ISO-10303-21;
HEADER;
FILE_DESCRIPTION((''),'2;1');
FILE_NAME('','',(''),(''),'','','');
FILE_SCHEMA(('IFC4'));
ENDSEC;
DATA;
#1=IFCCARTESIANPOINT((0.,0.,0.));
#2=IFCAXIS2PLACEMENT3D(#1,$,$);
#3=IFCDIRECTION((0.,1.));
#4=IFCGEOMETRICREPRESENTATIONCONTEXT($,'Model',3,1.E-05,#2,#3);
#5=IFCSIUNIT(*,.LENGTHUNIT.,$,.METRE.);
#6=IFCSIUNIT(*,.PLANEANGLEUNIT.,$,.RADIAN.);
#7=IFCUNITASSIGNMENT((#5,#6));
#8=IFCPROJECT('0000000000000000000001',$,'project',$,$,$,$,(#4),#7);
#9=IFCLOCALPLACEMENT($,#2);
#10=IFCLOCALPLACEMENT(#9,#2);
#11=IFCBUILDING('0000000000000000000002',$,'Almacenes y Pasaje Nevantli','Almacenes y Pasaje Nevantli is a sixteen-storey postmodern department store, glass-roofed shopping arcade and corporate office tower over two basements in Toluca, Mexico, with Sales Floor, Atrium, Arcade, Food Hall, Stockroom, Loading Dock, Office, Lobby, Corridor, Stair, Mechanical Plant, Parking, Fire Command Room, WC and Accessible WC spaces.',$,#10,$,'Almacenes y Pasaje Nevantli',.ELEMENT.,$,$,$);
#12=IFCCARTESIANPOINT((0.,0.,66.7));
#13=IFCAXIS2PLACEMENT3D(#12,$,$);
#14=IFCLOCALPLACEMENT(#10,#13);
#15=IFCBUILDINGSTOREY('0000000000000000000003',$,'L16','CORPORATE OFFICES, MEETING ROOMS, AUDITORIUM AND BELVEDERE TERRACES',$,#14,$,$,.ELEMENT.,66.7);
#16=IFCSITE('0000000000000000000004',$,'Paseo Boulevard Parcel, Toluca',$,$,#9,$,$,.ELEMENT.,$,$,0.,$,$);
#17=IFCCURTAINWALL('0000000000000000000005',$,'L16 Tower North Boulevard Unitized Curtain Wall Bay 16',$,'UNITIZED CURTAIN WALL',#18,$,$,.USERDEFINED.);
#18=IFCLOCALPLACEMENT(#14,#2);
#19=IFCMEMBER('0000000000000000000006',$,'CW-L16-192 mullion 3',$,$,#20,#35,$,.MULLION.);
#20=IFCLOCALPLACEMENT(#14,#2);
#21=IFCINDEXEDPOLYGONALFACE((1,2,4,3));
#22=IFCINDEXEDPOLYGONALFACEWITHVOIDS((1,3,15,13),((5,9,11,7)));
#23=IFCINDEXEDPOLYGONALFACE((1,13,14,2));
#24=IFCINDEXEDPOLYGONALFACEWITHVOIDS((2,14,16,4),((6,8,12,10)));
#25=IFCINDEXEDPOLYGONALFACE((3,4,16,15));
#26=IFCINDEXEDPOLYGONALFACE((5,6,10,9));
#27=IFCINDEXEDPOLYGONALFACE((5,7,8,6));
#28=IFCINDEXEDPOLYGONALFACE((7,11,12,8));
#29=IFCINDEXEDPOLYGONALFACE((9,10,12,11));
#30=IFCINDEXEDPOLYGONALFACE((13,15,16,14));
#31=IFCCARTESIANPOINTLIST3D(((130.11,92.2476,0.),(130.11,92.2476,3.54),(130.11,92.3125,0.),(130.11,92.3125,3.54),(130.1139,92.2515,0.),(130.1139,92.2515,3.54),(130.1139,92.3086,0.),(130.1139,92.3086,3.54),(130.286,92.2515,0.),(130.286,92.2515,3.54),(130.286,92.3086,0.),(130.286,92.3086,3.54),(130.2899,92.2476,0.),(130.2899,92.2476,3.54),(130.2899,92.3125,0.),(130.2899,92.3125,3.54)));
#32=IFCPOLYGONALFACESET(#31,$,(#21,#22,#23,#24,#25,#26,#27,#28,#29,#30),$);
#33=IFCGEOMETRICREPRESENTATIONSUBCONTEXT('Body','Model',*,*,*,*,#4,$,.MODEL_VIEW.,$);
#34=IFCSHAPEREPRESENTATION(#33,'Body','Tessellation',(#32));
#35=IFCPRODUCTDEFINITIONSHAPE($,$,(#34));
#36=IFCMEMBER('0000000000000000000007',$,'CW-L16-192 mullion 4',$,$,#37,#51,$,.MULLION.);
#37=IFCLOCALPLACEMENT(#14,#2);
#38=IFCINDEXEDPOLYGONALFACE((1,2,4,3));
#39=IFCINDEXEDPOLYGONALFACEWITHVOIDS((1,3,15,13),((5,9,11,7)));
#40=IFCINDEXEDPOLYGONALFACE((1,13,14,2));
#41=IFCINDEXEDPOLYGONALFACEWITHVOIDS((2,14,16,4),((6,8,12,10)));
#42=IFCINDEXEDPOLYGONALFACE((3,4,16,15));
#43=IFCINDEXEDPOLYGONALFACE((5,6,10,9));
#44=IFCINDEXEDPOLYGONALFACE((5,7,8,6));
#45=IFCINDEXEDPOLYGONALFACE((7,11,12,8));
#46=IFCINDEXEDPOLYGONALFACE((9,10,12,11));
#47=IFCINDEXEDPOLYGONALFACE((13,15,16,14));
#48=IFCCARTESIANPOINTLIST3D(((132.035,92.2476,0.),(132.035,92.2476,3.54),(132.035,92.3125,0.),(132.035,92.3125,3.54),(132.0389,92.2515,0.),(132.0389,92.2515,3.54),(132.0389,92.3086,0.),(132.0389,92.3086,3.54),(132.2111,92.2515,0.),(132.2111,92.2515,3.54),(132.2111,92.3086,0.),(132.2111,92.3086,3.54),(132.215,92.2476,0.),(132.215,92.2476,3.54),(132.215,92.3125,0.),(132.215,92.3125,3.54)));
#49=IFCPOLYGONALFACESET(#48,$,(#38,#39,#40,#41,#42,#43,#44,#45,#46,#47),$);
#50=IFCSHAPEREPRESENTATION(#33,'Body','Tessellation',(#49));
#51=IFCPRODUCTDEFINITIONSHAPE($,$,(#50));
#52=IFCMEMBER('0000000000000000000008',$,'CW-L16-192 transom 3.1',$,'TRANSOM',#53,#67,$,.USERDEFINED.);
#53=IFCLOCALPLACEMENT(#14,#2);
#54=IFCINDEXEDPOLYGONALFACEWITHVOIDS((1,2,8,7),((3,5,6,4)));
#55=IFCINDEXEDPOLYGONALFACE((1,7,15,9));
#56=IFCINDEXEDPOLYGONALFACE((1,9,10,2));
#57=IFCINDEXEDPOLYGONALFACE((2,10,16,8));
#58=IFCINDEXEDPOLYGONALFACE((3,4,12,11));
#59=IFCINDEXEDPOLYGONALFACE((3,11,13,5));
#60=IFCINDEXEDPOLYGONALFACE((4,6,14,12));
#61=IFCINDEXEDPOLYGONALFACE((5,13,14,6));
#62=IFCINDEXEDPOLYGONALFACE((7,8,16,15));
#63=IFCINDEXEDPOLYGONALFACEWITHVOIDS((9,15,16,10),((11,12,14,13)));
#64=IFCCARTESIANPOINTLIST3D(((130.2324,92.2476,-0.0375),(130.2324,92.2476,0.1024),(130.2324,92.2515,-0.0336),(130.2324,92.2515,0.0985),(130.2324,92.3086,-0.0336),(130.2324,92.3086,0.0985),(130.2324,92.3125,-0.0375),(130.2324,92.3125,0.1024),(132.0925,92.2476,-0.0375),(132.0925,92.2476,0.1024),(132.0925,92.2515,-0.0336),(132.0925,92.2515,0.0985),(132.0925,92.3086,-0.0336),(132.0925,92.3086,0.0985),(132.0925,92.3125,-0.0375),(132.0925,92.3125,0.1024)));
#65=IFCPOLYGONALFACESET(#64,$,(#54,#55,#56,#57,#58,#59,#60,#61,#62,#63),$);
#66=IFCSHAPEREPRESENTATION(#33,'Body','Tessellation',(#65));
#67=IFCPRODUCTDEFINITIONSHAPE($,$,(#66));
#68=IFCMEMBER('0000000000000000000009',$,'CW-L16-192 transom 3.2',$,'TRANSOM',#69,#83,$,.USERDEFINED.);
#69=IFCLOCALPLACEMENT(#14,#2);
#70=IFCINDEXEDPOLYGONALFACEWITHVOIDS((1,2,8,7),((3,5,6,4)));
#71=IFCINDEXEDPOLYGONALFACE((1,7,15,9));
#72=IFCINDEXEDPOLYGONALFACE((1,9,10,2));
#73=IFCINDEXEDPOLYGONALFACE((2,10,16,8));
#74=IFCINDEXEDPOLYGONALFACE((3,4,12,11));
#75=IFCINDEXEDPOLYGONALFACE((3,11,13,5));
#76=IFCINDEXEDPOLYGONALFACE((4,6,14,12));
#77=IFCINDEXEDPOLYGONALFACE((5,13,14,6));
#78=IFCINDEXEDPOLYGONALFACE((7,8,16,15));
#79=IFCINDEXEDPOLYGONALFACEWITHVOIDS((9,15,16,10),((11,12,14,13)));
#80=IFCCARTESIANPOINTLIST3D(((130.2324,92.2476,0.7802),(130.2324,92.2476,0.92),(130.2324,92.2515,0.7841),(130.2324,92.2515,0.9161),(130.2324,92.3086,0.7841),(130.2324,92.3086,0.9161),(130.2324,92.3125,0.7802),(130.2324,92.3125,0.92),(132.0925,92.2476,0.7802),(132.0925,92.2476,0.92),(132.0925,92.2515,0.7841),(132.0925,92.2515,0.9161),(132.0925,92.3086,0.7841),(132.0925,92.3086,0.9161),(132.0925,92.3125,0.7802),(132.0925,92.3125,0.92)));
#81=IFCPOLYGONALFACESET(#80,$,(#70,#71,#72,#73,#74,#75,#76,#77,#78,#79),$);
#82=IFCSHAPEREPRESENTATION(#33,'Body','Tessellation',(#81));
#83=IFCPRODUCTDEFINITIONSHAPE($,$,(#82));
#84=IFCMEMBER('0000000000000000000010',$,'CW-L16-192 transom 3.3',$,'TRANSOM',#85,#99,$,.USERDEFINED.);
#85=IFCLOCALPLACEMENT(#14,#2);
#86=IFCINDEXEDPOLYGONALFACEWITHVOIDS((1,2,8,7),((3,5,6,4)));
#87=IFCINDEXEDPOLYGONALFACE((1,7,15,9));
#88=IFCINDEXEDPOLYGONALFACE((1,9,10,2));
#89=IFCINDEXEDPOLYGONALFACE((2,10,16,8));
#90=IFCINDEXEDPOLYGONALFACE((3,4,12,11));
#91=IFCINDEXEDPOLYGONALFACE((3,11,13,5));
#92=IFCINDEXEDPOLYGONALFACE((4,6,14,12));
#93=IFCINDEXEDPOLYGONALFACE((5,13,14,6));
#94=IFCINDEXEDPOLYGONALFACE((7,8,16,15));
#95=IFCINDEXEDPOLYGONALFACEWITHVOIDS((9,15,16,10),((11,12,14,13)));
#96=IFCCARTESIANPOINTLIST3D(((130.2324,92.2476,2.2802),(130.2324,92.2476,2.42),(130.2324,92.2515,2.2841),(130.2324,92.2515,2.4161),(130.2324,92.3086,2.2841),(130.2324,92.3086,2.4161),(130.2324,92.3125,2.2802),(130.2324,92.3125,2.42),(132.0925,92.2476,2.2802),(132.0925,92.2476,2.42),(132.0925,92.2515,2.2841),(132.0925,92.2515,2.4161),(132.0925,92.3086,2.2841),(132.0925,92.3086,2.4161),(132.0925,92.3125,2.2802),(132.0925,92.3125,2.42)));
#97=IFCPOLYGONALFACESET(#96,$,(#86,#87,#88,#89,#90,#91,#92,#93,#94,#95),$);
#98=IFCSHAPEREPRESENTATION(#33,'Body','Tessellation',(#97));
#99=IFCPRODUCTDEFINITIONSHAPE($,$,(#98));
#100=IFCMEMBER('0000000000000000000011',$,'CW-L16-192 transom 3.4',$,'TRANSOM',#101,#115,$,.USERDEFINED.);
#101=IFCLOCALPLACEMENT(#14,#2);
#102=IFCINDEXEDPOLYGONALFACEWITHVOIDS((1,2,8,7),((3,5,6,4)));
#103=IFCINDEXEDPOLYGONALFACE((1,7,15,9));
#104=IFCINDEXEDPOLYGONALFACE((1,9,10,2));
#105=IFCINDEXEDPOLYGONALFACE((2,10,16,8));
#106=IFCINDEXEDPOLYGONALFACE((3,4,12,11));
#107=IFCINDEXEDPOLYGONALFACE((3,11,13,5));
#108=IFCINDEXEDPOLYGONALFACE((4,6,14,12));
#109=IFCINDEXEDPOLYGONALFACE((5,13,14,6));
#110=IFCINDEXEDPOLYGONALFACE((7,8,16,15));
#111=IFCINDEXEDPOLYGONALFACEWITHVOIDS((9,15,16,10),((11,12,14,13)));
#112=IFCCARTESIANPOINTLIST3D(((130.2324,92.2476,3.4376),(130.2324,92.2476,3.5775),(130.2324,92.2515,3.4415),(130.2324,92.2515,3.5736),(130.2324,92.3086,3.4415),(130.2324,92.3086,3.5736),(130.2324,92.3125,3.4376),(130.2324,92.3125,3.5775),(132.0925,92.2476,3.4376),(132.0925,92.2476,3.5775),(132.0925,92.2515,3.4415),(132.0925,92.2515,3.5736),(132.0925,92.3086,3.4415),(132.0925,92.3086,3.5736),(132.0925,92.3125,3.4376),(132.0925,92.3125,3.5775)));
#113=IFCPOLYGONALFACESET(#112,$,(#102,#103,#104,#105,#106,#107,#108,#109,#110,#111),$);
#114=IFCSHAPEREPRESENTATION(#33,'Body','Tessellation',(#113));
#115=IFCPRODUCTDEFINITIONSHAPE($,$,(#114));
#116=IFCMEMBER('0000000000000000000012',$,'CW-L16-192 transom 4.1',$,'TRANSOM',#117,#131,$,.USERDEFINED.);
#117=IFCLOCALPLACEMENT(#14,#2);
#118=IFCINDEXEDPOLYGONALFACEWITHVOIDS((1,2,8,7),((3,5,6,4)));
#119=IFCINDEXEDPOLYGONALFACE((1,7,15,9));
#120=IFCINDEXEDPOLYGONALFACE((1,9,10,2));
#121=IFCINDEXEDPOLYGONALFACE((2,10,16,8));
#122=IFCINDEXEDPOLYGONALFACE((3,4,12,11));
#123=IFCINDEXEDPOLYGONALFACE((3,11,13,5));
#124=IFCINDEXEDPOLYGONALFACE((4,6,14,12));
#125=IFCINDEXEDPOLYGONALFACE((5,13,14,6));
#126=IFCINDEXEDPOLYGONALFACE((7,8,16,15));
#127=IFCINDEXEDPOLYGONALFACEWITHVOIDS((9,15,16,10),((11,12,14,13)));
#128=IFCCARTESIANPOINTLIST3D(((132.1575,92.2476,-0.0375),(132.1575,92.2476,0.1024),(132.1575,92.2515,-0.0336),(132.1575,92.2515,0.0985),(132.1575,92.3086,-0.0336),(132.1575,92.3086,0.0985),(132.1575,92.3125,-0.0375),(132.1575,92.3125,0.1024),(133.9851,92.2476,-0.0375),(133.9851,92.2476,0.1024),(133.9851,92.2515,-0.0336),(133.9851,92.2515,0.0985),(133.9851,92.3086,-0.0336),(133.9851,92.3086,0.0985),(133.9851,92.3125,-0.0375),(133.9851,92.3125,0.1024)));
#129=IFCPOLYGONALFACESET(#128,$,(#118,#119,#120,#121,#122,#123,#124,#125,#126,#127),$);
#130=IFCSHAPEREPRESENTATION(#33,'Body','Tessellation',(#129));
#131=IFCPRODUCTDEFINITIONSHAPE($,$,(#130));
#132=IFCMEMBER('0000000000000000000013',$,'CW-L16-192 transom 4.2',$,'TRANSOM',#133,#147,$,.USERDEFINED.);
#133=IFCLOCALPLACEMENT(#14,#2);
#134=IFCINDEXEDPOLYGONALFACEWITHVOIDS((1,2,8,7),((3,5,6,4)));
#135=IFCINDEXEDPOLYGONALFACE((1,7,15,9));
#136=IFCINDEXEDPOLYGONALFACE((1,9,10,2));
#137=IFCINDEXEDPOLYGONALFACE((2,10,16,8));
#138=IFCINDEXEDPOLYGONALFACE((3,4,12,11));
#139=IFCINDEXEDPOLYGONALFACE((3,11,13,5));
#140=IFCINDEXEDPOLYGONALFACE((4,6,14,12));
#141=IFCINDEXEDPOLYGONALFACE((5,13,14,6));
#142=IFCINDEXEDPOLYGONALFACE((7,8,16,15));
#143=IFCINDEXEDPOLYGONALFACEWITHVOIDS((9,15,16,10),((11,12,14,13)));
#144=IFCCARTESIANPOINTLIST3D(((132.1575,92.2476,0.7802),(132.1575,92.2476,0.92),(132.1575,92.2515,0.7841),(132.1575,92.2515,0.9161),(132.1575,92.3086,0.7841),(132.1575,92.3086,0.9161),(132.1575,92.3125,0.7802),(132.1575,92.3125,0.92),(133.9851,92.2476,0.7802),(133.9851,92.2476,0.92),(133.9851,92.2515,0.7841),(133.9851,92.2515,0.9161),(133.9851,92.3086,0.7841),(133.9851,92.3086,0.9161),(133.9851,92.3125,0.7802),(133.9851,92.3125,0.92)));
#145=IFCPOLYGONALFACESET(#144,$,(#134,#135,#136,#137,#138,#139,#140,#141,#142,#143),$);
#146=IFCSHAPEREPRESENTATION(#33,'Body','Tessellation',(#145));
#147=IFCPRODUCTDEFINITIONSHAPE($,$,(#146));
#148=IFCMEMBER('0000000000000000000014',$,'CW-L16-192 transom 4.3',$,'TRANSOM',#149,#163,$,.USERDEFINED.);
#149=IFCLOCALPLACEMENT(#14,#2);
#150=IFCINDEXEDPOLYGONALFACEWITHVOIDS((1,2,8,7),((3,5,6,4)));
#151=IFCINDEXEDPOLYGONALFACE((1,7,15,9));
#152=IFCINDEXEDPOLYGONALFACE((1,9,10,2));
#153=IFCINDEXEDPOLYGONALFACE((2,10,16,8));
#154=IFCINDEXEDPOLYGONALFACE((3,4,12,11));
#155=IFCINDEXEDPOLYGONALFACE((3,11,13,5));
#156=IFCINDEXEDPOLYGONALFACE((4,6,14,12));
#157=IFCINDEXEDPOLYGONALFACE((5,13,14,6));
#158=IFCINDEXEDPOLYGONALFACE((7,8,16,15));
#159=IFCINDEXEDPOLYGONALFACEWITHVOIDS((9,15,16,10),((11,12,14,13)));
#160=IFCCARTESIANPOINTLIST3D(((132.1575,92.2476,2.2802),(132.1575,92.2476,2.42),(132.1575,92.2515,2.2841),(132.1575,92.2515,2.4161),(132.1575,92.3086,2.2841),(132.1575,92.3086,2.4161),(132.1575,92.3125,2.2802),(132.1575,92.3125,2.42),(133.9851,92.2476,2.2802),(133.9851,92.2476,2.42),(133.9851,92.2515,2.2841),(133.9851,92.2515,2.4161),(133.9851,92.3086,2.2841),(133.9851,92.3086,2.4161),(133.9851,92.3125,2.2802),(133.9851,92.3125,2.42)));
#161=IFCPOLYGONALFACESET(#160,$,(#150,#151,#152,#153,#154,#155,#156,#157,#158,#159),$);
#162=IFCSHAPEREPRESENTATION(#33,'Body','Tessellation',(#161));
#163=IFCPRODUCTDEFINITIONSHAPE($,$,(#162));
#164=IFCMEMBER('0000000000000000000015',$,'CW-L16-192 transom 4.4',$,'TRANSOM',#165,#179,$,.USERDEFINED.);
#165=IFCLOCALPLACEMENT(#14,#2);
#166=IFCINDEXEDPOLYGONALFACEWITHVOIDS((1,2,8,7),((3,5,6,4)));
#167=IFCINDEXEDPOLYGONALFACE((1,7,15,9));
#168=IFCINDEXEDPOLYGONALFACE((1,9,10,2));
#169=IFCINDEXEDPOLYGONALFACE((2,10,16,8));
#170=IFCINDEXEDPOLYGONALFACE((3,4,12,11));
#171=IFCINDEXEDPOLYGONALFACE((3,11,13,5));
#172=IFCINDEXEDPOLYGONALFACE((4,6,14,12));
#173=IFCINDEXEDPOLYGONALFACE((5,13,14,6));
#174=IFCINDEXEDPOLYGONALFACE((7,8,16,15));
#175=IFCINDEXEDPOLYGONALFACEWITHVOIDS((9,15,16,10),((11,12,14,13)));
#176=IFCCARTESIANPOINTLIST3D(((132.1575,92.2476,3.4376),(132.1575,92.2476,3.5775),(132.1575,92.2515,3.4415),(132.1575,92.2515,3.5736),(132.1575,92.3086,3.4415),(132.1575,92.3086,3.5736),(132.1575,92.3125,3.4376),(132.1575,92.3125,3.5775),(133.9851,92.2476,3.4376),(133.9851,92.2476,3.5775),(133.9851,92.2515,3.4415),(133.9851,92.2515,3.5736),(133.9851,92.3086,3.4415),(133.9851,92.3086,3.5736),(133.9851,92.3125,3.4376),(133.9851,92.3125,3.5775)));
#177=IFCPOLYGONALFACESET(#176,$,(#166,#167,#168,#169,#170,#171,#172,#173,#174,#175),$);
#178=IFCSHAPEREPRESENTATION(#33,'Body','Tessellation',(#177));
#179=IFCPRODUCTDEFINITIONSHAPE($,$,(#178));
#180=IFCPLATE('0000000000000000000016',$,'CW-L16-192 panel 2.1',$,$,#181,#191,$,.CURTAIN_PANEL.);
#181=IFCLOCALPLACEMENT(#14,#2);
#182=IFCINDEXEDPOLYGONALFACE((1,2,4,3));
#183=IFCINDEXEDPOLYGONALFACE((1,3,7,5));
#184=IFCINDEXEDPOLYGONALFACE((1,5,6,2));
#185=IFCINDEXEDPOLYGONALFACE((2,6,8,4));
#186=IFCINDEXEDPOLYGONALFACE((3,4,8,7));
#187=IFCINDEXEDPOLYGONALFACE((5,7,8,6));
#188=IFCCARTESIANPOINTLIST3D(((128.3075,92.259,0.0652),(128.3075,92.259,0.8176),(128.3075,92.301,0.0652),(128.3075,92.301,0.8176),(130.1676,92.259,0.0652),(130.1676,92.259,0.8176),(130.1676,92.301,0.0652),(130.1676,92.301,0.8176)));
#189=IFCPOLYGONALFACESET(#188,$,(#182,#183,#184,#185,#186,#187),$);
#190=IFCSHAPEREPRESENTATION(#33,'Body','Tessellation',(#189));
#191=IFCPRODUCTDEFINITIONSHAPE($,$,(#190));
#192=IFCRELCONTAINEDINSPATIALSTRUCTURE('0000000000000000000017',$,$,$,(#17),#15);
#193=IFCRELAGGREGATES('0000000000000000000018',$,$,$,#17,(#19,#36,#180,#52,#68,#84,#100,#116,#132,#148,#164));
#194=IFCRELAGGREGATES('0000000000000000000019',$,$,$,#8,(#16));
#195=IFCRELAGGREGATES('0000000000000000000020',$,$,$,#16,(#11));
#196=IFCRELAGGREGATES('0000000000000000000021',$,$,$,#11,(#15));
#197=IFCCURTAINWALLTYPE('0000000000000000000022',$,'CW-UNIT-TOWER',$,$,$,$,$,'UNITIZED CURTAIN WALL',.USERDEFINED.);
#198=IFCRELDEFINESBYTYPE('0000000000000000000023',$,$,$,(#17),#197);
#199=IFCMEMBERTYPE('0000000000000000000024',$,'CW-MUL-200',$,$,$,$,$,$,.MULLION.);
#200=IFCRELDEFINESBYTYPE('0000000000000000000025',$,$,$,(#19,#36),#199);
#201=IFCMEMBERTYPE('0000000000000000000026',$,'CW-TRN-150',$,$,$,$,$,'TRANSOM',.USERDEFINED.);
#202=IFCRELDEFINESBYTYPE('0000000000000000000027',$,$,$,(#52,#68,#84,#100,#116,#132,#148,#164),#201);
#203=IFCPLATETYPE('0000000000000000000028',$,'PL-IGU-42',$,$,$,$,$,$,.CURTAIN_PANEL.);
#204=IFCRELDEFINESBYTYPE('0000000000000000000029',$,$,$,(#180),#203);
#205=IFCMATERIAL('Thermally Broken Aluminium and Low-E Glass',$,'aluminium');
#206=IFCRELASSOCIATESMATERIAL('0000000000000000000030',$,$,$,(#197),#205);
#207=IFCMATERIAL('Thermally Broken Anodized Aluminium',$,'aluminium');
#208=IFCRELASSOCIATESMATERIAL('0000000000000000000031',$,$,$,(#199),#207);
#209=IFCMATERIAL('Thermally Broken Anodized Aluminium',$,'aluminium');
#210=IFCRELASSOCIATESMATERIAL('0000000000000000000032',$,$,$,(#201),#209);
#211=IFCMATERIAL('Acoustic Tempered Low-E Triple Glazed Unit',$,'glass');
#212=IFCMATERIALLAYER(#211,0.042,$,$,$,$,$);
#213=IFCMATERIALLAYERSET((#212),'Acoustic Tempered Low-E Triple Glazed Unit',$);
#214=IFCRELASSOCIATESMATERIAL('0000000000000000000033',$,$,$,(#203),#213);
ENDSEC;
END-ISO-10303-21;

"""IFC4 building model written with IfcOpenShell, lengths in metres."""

from ifc_helpers import new_model, si_unit, direction, frame, origin, origin_2d, place, context, subcontext, project, spatial, rectangle, hollow_rectangle, extrude, material, layer, layer_set, material_profile, profile_set, type_object, element, aggregate, save


model = new_model("IFC4")

# Units and contexts
model_context = context("Model", 3, precision=1e-05, world=origin(), true_north=direction((0.0, 1.0)))
body_context = subcontext(model_context, "Body", "Model", "MODEL_VIEW")
ifc_project = project(units=[si_unit("LENGTHUNIT", "METRE"), si_unit("PLANEANGLEUNIT", "RADIAN")], contexts=[model_context])

# Site, building, storey
site_placement = place(None, origin())
site = spatial("IfcSite", under=ifc_project, at=site_placement, Name="Paseo Boulevard Parcel, Toluca", CompositionType="ELEMENT", RefElevation=0.0)
building_placement = place(site_placement, origin())
building = spatial("IfcBuilding", under=site, at=building_placement, Name="Almacenes y Pasaje Nevantli", Description="Almacenes y Pasaje Nevantli is a sixteen-storey postmodern department store, glass-roofed shopping arcade and corporate office tower over two basements in Toluca, Mexico, with Sales Floor, Atrium, Arcade, Food Hall, Stockroom, Loading Dock, Office, Lobby, Corridor, Stair, Mechanical Plant, Parking, Fire Command Room, WC and Accessible WC spaces.", LongName="Almacenes y Pasaje Nevantli", CompositionType="ELEMENT")
storey_placement = place(building_placement, frame((0.0, 0.0, 66.7)))
storey = spatial("IfcBuildingStorey", under=building, at=storey_placement, Name="L16", Description="CORPORATE OFFICES, MEETING ROOMS, AUDITORIUM AND BELVEDERE TERRACES", CompositionType="ELEMENT", Elevation=66.7)

# Curtain wall, members, plate
ifc_material_1 = material(Name="Thermally Broken Aluminium and Low-E Glass", Category="aluminium")
curtain_wall_type = type_object("IfcCurtainWallType", Name="CW-UNIT-TOWER", ElementType="UNITIZED CURTAIN WALL", PredefinedType="USERDEFINED", material=ifc_material_1)
curtain_wall_placement = place(storey_placement, origin())
curtain_wall = element("IfcCurtainWall", 1, at=curtain_wall_placement, inside=storey, type_object=curtain_wall_type, Name="L16 Tower North Boulevard Unitized Curtain Wall Bay 16", ObjectType="UNITIZED CURTAIN WALL", PredefinedType="USERDEFINED")
ifc_material_2 = material(Name="Thermally Broken Anodized Aluminium", Category="aluminium")
ifc_material_profile_1 = material_profile(ifc_material_2, hollow_rectangle(XDim=0.0649, YDim=0.1799, WallThickness=0.0039, at=origin_2d()), Name="ALU-MUL-65x180")
ifc_profile_set_1 = profile_set([ifc_material_profile_1], Name="Thermally Broken Anodized Aluminium")
member_type_1 = type_object("IfcMemberType", Name="CW-MUL-200", PredefinedType="MULLION", material=ifc_profile_set_1)
member_1_placement = place(storey_placement, frame((130.2, 92.28, 0.0), z_axis=(0.0, 0.0, 1.0), x_axis=(0.0, 1.0, 0.0)))
member_1 = element("IfcMember", 2, at=member_1_placement, type_object=member_type_1, Name="CW-L16-192 mullion 3", PredefinedType="MULLION", context=body_context, shape_type="SweptSolid", body=[
    extrude(hollow_rectangle(XDim=0.0649, YDim=0.1799, WallThickness=0.0039, at=origin_2d()), origin(), (0.0, 0.0, 1.0), 3.54),
])
member_2_placement = place(storey_placement, frame((132.125, 92.28, 0.0), z_axis=(0.0, 0.0, 1.0), x_axis=(0.0, 1.0, 0.0)))
member_2 = element("IfcMember", 3, at=member_2_placement, type_object=member_type_1, Name="CW-L16-192 mullion 4", PredefinedType="MULLION", context=body_context, shape_type="SweptSolid", body=[
    extrude(hollow_rectangle(XDim=0.0649, YDim=0.1799, WallThickness=0.0039, at=origin_2d()), origin(), (0.0, 0.0, 1.0), 3.54),
])
ifc_material_3 = material(Name="Thermally Broken Anodized Aluminium", Category="aluminium")
ifc_material_profile_2 = material_profile(ifc_material_3, hollow_rectangle(XDim=0.0649, YDim=0.1399, WallThickness=0.0039, at=origin_2d()), Name="ALU-TRN-65x140")
ifc_profile_set_2 = profile_set([ifc_material_profile_2], Name="Thermally Broken Anodized Aluminium")
member_type_2 = type_object("IfcMemberType", Name="CW-TRN-150", ElementType="TRANSOM", PredefinedType="USERDEFINED", material=ifc_profile_set_2)
member_3_placement = place(storey_placement, frame((130.2324, 92.28, 0.0325), z_axis=(1.0, 0.0, 0.0), x_axis=(0.0, 1.0, 0.0)))
member_3 = element("IfcMember", 4, at=member_3_placement, type_object=member_type_2, Name="CW-L16-192 transom 3.1", ObjectType="TRANSOM", PredefinedType="USERDEFINED", context=body_context, shape_type="SweptSolid", body=[
    extrude(hollow_rectangle(XDim=0.0649, YDim=0.1399, WallThickness=0.0039, at=origin_2d()), origin(), (0.0, 0.0, 1.0), 1.8601),
])
member_4_placement = place(storey_placement, frame((130.2324, 92.28, 0.8501), z_axis=(1.0, 0.0, 0.0), x_axis=(0.0, 1.0, 0.0)))
member_4 = element("IfcMember", 5, at=member_4_placement, type_object=member_type_2, Name="CW-L16-192 transom 3.2", ObjectType="TRANSOM", PredefinedType="USERDEFINED", context=body_context, shape_type="SweptSolid", body=[
    extrude(hollow_rectangle(XDim=0.0649, YDim=0.1399, WallThickness=0.0039, at=origin_2d()), origin(), (0.0, 0.0, 1.0), 1.8601),
])
member_5_placement = place(storey_placement, frame((130.2324, 92.28, 2.3501), z_axis=(1.0, 0.0, 0.0), x_axis=(0.0, 1.0, 0.0)))
member_5 = element("IfcMember", 6, at=member_5_placement, type_object=member_type_2, Name="CW-L16-192 transom 3.3", ObjectType="TRANSOM", PredefinedType="USERDEFINED", context=body_context, shape_type="SweptSolid", body=[
    extrude(hollow_rectangle(XDim=0.0649, YDim=0.1399, WallThickness=0.0039, at=origin_2d()), origin(), (0.0, 0.0, 1.0), 1.8601),
])
member_6_placement = place(storey_placement, frame((130.2324, 92.28, 3.5076), z_axis=(1.0, 0.0, 0.0), x_axis=(0.0, 1.0, 0.0)))
member_6 = element("IfcMember", 7, at=member_6_placement, type_object=member_type_2, Name="CW-L16-192 transom 3.4", ObjectType="TRANSOM", PredefinedType="USERDEFINED", context=body_context, shape_type="SweptSolid", body=[
    extrude(hollow_rectangle(XDim=0.0649, YDim=0.1399, WallThickness=0.0039, at=origin_2d()), origin(), (0.0, 0.0, 1.0), 1.8601),
])
member_7_placement = place(storey_placement, frame((132.1575, 92.28, 0.0325), z_axis=(1.0, 0.0, 0.0), x_axis=(0.0, 1.0, 0.0)))
member_7 = element("IfcMember", 8, at=member_7_placement, type_object=member_type_2, Name="CW-L16-192 transom 4.1", ObjectType="TRANSOM", PredefinedType="USERDEFINED", context=body_context, shape_type="SweptSolid", body=[
    extrude(hollow_rectangle(XDim=0.0649, YDim=0.1399, WallThickness=0.0039, at=origin_2d()), origin(), (0.0, 0.0, 1.0), 1.8276),
])
member_8_placement = place(storey_placement, frame((132.1575, 92.28, 0.8501), z_axis=(1.0, 0.0, 0.0), x_axis=(0.0, 1.0, 0.0)))
member_8 = element("IfcMember", 9, at=member_8_placement, type_object=member_type_2, Name="CW-L16-192 transom 4.2", ObjectType="TRANSOM", PredefinedType="USERDEFINED", context=body_context, shape_type="SweptSolid", body=[
    extrude(hollow_rectangle(XDim=0.0649, YDim=0.1399, WallThickness=0.0039, at=origin_2d()), origin(), (0.0, 0.0, 1.0), 1.8276),
])
member_9_placement = place(storey_placement, frame((132.1575, 92.28, 2.3501), z_axis=(1.0, 0.0, 0.0), x_axis=(0.0, 1.0, 0.0)))
member_9 = element("IfcMember", 10, at=member_9_placement, type_object=member_type_2, Name="CW-L16-192 transom 4.3", ObjectType="TRANSOM", PredefinedType="USERDEFINED", context=body_context, shape_type="SweptSolid", body=[
    extrude(hollow_rectangle(XDim=0.0649, YDim=0.1399, WallThickness=0.0039, at=origin_2d()), origin(), (0.0, 0.0, 1.0), 1.8276),
])
member_10_placement = place(storey_placement, frame((132.1575, 92.28, 3.5076), z_axis=(1.0, 0.0, 0.0), x_axis=(0.0, 1.0, 0.0)))
member_10 = element("IfcMember", 11, at=member_10_placement, type_object=member_type_2, Name="CW-L16-192 transom 4.4", ObjectType="TRANSOM", PredefinedType="USERDEFINED", context=body_context, shape_type="SweptSolid", body=[
    extrude(hollow_rectangle(XDim=0.0649, YDim=0.1399, WallThickness=0.0039, at=origin_2d()), origin(), (0.0, 0.0, 1.0), 1.8276),
])
ifc_material_4 = material(Name="Acoustic Tempered Low-E Triple Glazed Unit", Category="glass")
ifc_layer = layer(ifc_material_4, 0.042)
ifc_layer_set = layer_set([ifc_layer], Name="Acoustic Tempered Low-E Triple Glazed Unit")
plate_type = type_object("IfcPlateType", Name="PL-IGU-42", PredefinedType="CURTAIN_PANEL", material=ifc_layer_set)
plate_1_placement = place(storey_placement, frame((129.2375, 92.28, 0.0652), z_axis=(0.0, 0.0, 1.0), x_axis=(1.0, 0.0, 0.0)))
plate_1 = element("IfcPlate", 12, at=plate_1_placement, type_object=plate_type, Name="CW-L16-192 panel 2.1", PredefinedType="CURTAIN_PANEL", context=body_context, shape_type="SweptSolid", body=[
    extrude(rectangle(XDim=1.8601, YDim=0.042, at=origin_2d()), origin(), (0.0, 0.0, 1.0), 0.7524),
])
aggregate(curtain_wall, [member_1, member_2, plate_1, member_3, member_4, member_5, member_6, member_7, member_8, member_9, member_10])

save(model, "model.ifc")
